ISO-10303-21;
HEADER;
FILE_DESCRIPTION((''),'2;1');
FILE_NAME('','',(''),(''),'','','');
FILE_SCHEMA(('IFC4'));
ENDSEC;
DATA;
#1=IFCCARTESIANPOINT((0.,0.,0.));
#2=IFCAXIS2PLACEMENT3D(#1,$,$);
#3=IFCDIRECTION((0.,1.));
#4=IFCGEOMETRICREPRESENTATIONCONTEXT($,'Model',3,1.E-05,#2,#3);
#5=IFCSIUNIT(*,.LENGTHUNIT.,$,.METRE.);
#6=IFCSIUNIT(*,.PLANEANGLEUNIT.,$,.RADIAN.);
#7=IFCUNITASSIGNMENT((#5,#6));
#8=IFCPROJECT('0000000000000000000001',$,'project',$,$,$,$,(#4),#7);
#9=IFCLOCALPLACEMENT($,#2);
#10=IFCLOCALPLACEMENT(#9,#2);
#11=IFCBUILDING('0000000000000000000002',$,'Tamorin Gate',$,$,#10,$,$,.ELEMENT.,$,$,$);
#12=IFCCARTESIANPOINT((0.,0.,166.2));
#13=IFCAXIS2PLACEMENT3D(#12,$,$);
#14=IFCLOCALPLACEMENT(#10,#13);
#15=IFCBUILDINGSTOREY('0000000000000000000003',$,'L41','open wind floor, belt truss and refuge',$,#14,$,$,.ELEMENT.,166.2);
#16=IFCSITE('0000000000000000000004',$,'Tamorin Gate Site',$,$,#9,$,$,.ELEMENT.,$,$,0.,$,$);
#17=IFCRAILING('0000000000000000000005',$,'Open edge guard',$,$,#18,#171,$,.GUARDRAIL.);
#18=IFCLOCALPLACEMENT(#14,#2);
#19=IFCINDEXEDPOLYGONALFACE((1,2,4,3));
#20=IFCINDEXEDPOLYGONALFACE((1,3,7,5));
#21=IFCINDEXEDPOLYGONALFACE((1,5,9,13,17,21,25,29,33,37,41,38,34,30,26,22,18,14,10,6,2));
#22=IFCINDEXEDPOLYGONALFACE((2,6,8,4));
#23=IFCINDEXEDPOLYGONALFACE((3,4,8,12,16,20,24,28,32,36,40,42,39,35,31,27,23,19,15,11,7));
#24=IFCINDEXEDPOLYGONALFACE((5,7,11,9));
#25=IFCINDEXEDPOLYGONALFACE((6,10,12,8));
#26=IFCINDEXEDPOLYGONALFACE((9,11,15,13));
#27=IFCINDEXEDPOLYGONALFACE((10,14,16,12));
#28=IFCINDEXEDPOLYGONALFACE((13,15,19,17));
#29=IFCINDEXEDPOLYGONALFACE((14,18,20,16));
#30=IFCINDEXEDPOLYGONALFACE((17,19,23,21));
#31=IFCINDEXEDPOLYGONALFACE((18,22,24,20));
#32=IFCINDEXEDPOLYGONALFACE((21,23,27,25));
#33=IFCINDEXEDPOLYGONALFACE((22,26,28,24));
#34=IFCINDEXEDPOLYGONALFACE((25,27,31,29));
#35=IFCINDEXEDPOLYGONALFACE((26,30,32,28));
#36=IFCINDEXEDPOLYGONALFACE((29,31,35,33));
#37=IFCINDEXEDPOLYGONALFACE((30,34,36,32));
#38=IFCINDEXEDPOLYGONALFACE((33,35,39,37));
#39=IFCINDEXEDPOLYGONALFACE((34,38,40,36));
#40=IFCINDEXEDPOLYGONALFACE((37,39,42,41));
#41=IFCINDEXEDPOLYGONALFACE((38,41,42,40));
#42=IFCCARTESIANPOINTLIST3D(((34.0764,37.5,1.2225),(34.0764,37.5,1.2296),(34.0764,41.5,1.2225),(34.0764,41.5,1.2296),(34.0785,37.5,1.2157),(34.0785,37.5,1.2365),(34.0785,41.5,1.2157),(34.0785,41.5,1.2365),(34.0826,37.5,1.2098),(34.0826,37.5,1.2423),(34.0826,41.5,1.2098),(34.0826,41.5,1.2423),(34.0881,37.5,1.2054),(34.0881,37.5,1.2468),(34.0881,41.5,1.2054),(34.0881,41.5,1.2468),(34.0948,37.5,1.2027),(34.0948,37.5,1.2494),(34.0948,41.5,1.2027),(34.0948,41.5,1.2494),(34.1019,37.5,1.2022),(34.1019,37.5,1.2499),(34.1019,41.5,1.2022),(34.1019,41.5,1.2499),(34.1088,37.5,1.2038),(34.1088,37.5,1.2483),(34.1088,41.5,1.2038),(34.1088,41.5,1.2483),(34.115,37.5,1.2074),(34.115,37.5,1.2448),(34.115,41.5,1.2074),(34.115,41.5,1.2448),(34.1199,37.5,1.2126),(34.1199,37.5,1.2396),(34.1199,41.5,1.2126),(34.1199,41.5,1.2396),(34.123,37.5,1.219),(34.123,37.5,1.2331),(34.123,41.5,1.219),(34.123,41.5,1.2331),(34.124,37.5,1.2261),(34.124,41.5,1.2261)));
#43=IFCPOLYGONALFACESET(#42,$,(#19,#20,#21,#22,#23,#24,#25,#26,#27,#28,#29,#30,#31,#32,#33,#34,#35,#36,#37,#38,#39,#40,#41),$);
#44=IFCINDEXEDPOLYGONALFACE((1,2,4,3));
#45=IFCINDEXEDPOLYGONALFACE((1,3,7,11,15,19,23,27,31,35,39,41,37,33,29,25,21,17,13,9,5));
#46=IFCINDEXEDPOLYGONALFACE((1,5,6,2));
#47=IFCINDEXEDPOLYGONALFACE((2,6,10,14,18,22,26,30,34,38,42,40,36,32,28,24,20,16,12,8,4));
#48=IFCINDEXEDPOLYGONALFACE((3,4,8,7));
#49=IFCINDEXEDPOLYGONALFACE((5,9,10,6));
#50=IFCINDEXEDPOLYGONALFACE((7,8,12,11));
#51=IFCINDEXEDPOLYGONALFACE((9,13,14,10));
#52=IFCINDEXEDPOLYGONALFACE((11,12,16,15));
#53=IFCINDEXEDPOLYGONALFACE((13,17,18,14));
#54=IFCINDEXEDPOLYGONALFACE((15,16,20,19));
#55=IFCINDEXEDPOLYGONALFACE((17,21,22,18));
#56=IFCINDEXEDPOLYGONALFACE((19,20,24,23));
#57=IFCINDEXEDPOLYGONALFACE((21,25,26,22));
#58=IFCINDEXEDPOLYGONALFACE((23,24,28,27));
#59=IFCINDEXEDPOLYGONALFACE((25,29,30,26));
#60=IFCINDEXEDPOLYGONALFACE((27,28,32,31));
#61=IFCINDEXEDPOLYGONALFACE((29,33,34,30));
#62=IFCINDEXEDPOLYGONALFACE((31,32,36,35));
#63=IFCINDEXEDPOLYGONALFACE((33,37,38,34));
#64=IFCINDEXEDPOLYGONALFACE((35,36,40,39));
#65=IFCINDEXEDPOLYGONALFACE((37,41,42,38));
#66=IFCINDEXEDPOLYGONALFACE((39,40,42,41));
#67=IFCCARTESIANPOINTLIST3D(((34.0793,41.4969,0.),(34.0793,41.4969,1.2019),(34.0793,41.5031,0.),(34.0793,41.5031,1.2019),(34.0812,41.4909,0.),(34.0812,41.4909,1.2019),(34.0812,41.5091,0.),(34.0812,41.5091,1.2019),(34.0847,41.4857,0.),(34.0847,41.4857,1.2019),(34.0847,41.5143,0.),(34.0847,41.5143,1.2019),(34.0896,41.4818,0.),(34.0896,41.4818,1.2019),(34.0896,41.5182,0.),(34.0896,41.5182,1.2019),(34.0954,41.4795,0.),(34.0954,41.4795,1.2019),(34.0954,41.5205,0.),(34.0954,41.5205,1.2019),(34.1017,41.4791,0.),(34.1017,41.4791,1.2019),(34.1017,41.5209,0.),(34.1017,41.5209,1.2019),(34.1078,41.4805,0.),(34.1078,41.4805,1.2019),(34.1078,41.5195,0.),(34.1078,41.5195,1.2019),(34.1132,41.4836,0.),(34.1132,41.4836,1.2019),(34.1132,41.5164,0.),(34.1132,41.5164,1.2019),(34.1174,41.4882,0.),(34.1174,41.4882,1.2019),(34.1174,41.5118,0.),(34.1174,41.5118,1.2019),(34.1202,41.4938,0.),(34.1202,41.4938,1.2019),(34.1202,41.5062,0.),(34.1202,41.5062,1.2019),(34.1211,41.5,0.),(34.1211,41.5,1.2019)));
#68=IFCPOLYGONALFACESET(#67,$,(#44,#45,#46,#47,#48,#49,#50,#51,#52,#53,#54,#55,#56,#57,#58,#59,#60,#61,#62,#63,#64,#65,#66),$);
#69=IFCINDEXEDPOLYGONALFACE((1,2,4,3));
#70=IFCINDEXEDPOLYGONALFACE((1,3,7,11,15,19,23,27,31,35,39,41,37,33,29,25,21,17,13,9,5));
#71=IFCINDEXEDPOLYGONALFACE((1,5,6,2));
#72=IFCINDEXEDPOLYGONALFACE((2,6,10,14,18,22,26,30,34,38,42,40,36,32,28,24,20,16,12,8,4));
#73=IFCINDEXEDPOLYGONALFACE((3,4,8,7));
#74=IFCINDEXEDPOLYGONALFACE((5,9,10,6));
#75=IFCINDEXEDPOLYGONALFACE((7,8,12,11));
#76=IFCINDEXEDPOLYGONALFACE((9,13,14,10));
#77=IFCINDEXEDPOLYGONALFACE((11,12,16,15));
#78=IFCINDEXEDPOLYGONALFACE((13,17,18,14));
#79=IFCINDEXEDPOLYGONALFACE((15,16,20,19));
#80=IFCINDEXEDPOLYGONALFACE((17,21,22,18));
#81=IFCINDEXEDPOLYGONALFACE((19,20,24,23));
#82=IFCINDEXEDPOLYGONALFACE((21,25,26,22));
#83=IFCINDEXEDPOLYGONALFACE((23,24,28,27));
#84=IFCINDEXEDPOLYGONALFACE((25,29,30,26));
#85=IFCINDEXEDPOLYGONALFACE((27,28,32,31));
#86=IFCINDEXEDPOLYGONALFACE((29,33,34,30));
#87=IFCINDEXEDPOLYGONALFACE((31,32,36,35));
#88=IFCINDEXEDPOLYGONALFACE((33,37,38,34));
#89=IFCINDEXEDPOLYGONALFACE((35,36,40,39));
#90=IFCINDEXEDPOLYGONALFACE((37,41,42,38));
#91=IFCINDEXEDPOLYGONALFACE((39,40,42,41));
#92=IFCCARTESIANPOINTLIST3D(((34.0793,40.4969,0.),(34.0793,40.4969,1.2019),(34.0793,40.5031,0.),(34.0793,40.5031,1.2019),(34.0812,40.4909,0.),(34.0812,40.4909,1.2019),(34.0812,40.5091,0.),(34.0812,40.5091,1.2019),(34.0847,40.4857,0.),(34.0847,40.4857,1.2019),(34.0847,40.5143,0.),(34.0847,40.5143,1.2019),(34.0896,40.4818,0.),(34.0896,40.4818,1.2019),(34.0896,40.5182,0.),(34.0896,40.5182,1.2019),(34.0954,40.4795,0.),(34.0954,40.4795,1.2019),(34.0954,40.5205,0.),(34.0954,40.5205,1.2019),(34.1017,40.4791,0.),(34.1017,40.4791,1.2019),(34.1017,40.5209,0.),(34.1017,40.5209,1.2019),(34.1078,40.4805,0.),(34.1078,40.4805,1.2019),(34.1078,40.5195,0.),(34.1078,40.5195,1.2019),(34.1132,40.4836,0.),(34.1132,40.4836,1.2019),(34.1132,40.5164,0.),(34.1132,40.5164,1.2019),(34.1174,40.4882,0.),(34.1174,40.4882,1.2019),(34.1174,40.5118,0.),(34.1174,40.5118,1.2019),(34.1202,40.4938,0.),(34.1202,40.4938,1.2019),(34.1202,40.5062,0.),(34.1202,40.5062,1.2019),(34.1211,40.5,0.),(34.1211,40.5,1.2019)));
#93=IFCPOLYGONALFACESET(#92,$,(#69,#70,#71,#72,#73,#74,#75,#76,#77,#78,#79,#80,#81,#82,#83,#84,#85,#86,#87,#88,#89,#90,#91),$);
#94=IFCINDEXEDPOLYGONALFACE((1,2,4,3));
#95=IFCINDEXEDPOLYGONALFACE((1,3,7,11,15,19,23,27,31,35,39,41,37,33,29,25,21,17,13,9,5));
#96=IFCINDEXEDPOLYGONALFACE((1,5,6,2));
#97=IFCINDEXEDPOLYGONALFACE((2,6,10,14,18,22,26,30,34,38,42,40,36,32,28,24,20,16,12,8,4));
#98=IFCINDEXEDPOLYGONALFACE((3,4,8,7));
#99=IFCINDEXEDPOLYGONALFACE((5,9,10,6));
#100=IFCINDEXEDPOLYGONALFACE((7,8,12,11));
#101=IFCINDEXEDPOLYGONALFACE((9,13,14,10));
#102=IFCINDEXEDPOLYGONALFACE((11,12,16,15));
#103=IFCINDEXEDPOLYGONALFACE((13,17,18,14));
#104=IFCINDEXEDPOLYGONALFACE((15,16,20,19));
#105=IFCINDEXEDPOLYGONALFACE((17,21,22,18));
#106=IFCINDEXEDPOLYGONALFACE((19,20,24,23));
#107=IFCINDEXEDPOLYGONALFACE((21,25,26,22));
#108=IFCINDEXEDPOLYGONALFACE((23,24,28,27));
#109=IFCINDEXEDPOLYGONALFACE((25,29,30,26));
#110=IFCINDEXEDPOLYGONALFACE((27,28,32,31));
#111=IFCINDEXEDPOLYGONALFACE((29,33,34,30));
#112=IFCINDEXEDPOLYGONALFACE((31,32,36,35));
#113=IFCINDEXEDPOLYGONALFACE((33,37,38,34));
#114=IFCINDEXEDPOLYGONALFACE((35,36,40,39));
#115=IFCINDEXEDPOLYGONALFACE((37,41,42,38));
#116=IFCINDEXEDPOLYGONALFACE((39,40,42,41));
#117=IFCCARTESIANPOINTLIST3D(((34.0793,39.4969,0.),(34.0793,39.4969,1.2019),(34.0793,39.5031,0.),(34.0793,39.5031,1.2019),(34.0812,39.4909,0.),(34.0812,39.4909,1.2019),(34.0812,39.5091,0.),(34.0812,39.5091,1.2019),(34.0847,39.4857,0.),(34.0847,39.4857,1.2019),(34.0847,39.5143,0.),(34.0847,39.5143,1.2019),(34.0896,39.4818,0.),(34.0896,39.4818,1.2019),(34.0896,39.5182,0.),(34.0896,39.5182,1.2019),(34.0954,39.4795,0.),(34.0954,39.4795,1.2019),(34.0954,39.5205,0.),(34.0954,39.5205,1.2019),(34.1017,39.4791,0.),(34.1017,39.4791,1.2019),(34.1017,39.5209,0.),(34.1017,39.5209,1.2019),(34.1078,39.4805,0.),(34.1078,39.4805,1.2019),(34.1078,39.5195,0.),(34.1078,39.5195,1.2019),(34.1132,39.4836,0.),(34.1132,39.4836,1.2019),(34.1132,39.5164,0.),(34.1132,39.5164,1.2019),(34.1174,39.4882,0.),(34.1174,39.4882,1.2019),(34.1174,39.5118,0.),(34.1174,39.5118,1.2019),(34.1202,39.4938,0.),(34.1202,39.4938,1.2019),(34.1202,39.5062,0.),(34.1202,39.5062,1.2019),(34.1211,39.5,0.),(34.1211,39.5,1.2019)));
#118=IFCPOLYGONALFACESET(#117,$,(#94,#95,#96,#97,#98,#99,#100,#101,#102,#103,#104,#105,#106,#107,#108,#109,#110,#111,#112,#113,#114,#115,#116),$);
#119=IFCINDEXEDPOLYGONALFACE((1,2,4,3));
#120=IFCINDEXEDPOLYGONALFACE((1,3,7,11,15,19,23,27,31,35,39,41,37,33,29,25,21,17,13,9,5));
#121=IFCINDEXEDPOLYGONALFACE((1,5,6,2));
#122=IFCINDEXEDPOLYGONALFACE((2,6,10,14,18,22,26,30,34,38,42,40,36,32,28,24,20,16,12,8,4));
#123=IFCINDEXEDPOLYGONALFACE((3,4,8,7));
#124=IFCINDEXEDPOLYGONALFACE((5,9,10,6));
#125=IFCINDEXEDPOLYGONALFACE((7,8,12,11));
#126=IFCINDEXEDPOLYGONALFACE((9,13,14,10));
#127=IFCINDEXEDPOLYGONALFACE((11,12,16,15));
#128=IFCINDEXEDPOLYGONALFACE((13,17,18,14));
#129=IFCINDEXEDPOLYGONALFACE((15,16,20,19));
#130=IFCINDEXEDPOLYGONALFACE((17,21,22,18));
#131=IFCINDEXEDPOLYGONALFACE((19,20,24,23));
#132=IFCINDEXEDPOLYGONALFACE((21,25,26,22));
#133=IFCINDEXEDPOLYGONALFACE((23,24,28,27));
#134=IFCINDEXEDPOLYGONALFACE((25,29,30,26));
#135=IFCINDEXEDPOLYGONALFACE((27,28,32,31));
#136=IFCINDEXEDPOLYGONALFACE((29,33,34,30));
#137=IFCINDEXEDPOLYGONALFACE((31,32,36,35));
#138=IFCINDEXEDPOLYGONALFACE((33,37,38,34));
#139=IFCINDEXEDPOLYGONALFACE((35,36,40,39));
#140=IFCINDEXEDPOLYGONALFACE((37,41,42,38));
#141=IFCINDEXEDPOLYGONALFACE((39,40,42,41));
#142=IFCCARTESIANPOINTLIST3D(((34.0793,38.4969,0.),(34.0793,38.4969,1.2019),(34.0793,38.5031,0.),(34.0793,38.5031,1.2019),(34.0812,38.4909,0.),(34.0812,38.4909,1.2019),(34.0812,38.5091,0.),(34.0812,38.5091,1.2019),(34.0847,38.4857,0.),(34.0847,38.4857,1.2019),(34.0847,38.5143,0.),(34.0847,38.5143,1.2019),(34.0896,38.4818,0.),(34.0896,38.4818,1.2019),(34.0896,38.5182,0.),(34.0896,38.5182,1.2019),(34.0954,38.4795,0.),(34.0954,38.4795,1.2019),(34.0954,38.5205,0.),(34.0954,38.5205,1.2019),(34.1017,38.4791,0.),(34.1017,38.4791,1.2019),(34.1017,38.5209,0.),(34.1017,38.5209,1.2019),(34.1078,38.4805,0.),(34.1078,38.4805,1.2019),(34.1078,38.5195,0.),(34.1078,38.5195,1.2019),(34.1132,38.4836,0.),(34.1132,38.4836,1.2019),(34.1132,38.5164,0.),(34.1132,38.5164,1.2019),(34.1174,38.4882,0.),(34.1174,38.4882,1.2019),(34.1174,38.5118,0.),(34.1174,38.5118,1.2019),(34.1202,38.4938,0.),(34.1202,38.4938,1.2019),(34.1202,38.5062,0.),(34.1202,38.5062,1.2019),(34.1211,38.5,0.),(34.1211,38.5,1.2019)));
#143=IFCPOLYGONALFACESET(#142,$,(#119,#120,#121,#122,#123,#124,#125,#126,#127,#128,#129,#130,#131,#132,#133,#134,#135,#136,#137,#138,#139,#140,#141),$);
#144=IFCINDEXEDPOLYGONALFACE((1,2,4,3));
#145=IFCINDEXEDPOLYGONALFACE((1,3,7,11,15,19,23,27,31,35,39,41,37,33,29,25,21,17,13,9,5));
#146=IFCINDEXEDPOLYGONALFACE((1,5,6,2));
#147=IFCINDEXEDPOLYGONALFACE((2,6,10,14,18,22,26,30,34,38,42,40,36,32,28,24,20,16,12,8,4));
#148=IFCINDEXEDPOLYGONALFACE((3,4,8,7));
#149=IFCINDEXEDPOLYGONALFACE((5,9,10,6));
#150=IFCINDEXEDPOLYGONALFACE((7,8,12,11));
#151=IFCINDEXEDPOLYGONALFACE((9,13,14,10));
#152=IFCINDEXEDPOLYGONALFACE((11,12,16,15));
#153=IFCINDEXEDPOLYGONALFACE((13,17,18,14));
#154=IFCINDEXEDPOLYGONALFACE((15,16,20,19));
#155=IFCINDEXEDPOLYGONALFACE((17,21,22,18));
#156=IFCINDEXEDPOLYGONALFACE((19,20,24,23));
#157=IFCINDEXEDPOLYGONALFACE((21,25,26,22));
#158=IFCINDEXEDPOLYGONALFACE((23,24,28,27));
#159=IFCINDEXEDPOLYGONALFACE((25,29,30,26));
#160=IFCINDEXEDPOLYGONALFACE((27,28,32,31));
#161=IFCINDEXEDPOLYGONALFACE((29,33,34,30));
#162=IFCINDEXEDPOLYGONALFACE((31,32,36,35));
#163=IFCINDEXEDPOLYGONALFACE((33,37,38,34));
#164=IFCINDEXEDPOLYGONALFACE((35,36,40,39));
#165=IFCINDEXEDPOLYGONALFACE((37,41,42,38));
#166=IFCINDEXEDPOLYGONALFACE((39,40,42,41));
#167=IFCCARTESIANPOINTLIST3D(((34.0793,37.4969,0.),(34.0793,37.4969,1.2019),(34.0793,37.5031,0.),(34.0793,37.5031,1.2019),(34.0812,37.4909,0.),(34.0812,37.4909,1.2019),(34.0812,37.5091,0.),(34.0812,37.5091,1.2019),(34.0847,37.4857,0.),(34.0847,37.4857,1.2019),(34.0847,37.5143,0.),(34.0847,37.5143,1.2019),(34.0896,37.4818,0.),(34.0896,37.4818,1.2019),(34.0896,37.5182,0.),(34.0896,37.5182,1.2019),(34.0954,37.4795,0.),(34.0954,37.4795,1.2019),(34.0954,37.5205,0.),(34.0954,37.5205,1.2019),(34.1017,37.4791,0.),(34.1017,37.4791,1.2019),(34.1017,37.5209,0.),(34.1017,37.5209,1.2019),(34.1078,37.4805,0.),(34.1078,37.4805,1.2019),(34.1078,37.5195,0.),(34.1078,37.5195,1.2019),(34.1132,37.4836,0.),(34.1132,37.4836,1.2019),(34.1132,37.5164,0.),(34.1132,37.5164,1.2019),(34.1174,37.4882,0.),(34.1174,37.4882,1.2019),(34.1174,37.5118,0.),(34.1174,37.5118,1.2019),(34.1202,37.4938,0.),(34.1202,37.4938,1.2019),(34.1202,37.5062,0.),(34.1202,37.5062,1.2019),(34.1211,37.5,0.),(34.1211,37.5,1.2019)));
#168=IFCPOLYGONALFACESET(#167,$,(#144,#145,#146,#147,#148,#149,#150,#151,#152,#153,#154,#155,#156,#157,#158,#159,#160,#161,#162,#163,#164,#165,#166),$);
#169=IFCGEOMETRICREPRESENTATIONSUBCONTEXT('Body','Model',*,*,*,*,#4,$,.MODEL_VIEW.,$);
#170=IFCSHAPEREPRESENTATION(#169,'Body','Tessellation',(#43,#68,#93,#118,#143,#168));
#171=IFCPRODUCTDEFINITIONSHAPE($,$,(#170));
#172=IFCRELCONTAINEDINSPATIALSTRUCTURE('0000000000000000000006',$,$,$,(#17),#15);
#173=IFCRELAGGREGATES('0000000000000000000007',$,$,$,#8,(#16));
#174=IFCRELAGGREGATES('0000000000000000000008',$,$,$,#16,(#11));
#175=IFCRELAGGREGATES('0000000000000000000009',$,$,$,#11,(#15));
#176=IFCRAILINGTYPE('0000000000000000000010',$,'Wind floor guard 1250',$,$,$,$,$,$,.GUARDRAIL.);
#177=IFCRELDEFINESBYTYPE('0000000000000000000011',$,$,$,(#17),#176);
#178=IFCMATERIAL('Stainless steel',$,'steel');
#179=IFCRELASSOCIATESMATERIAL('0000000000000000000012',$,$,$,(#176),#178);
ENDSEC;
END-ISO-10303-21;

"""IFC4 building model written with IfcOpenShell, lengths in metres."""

from ifc_helpers import new_model, si_unit, direction, frame, origin, origin_2d, place, context, subcontext, project, spatial, circle, extrude, material, type_object, element, save


model = new_model("IFC4")

# Units and contexts
model_context = context("Model", 3, precision=1e-05, world=origin(), true_north=direction((0.0, 1.0)))
body_context = subcontext(model_context, "Body", "Model", "MODEL_VIEW")
ifc_project = project(units=[si_unit("LENGTHUNIT", "METRE"), si_unit("PLANEANGLEUNIT", "RADIAN")], contexts=[model_context])

# Site, building, storey
site_placement = place(None, origin())
site = spatial("IfcSite", under=ifc_project, at=site_placement, Name="Tamorin Gate Site", CompositionType="ELEMENT", RefElevation=0.0)
building_placement = place(site_placement, origin())
building = spatial("IfcBuilding", under=site, at=building_placement, Name="Tamorin Gate", CompositionType="ELEMENT")
storey_placement = place(building_placement, frame((0.0, 0.0, 166.2)))
storey = spatial("IfcBuildingStorey", under=building, at=storey_placement, Name="L41", Description="open wind floor, belt truss and refuge", CompositionType="ELEMENT", Elevation=166.2)

# Railing
ifc_material_1 = material(Name="Stainless steel", Category="steel")
railing_type = type_object("IfcRailingType", Name="Wind floor guard 1250", PredefinedType="GUARDRAIL", material=ifc_material_1)
railing_1_placement = place(storey_placement, frame((34.1001, 41.5, 0.0)))
element("IfcRailing", 1, at=railing_1_placement, inside=storey, type_object=railing_type, Name="Open edge guard", PredefinedType="GUARDRAIL", context=body_context, shape_type="SweptSolid", body=[
    extrude(circle(Radius=0.0239, at=origin_2d()), frame((0.0, 0.0, 1.2261), z_axis=(0.0, -1.0, 0.0), x_axis=(1.0, 0.0, 0.0)), (0.0, 0.0, 1.0), 4.0),
    extrude(circle(Radius=0.021, at=origin_2d()), origin(), (0.0, 0.0, 1.0), 1.2019),
    extrude(circle(Radius=0.021, at=origin_2d()), frame((0.0, -1.0, 0.0)), (0.0, 0.0, 1.0), 1.2019),
    extrude(circle(Radius=0.021, at=origin_2d()), frame((0.0, -2.0, 0.0)), (0.0, 0.0, 1.0), 1.2019),
    extrude(circle(Radius=0.021, at=origin_2d()), frame((0.0, -3.0, 0.0)), (0.0, 0.0, 1.0), 1.2019),
    extrude(circle(Radius=0.021, at=origin_2d()), frame((0.0, -4.0, 0.0)), (0.0, 0.0, 1.0), 1.2019),
])

save(model, "model.ifc")
